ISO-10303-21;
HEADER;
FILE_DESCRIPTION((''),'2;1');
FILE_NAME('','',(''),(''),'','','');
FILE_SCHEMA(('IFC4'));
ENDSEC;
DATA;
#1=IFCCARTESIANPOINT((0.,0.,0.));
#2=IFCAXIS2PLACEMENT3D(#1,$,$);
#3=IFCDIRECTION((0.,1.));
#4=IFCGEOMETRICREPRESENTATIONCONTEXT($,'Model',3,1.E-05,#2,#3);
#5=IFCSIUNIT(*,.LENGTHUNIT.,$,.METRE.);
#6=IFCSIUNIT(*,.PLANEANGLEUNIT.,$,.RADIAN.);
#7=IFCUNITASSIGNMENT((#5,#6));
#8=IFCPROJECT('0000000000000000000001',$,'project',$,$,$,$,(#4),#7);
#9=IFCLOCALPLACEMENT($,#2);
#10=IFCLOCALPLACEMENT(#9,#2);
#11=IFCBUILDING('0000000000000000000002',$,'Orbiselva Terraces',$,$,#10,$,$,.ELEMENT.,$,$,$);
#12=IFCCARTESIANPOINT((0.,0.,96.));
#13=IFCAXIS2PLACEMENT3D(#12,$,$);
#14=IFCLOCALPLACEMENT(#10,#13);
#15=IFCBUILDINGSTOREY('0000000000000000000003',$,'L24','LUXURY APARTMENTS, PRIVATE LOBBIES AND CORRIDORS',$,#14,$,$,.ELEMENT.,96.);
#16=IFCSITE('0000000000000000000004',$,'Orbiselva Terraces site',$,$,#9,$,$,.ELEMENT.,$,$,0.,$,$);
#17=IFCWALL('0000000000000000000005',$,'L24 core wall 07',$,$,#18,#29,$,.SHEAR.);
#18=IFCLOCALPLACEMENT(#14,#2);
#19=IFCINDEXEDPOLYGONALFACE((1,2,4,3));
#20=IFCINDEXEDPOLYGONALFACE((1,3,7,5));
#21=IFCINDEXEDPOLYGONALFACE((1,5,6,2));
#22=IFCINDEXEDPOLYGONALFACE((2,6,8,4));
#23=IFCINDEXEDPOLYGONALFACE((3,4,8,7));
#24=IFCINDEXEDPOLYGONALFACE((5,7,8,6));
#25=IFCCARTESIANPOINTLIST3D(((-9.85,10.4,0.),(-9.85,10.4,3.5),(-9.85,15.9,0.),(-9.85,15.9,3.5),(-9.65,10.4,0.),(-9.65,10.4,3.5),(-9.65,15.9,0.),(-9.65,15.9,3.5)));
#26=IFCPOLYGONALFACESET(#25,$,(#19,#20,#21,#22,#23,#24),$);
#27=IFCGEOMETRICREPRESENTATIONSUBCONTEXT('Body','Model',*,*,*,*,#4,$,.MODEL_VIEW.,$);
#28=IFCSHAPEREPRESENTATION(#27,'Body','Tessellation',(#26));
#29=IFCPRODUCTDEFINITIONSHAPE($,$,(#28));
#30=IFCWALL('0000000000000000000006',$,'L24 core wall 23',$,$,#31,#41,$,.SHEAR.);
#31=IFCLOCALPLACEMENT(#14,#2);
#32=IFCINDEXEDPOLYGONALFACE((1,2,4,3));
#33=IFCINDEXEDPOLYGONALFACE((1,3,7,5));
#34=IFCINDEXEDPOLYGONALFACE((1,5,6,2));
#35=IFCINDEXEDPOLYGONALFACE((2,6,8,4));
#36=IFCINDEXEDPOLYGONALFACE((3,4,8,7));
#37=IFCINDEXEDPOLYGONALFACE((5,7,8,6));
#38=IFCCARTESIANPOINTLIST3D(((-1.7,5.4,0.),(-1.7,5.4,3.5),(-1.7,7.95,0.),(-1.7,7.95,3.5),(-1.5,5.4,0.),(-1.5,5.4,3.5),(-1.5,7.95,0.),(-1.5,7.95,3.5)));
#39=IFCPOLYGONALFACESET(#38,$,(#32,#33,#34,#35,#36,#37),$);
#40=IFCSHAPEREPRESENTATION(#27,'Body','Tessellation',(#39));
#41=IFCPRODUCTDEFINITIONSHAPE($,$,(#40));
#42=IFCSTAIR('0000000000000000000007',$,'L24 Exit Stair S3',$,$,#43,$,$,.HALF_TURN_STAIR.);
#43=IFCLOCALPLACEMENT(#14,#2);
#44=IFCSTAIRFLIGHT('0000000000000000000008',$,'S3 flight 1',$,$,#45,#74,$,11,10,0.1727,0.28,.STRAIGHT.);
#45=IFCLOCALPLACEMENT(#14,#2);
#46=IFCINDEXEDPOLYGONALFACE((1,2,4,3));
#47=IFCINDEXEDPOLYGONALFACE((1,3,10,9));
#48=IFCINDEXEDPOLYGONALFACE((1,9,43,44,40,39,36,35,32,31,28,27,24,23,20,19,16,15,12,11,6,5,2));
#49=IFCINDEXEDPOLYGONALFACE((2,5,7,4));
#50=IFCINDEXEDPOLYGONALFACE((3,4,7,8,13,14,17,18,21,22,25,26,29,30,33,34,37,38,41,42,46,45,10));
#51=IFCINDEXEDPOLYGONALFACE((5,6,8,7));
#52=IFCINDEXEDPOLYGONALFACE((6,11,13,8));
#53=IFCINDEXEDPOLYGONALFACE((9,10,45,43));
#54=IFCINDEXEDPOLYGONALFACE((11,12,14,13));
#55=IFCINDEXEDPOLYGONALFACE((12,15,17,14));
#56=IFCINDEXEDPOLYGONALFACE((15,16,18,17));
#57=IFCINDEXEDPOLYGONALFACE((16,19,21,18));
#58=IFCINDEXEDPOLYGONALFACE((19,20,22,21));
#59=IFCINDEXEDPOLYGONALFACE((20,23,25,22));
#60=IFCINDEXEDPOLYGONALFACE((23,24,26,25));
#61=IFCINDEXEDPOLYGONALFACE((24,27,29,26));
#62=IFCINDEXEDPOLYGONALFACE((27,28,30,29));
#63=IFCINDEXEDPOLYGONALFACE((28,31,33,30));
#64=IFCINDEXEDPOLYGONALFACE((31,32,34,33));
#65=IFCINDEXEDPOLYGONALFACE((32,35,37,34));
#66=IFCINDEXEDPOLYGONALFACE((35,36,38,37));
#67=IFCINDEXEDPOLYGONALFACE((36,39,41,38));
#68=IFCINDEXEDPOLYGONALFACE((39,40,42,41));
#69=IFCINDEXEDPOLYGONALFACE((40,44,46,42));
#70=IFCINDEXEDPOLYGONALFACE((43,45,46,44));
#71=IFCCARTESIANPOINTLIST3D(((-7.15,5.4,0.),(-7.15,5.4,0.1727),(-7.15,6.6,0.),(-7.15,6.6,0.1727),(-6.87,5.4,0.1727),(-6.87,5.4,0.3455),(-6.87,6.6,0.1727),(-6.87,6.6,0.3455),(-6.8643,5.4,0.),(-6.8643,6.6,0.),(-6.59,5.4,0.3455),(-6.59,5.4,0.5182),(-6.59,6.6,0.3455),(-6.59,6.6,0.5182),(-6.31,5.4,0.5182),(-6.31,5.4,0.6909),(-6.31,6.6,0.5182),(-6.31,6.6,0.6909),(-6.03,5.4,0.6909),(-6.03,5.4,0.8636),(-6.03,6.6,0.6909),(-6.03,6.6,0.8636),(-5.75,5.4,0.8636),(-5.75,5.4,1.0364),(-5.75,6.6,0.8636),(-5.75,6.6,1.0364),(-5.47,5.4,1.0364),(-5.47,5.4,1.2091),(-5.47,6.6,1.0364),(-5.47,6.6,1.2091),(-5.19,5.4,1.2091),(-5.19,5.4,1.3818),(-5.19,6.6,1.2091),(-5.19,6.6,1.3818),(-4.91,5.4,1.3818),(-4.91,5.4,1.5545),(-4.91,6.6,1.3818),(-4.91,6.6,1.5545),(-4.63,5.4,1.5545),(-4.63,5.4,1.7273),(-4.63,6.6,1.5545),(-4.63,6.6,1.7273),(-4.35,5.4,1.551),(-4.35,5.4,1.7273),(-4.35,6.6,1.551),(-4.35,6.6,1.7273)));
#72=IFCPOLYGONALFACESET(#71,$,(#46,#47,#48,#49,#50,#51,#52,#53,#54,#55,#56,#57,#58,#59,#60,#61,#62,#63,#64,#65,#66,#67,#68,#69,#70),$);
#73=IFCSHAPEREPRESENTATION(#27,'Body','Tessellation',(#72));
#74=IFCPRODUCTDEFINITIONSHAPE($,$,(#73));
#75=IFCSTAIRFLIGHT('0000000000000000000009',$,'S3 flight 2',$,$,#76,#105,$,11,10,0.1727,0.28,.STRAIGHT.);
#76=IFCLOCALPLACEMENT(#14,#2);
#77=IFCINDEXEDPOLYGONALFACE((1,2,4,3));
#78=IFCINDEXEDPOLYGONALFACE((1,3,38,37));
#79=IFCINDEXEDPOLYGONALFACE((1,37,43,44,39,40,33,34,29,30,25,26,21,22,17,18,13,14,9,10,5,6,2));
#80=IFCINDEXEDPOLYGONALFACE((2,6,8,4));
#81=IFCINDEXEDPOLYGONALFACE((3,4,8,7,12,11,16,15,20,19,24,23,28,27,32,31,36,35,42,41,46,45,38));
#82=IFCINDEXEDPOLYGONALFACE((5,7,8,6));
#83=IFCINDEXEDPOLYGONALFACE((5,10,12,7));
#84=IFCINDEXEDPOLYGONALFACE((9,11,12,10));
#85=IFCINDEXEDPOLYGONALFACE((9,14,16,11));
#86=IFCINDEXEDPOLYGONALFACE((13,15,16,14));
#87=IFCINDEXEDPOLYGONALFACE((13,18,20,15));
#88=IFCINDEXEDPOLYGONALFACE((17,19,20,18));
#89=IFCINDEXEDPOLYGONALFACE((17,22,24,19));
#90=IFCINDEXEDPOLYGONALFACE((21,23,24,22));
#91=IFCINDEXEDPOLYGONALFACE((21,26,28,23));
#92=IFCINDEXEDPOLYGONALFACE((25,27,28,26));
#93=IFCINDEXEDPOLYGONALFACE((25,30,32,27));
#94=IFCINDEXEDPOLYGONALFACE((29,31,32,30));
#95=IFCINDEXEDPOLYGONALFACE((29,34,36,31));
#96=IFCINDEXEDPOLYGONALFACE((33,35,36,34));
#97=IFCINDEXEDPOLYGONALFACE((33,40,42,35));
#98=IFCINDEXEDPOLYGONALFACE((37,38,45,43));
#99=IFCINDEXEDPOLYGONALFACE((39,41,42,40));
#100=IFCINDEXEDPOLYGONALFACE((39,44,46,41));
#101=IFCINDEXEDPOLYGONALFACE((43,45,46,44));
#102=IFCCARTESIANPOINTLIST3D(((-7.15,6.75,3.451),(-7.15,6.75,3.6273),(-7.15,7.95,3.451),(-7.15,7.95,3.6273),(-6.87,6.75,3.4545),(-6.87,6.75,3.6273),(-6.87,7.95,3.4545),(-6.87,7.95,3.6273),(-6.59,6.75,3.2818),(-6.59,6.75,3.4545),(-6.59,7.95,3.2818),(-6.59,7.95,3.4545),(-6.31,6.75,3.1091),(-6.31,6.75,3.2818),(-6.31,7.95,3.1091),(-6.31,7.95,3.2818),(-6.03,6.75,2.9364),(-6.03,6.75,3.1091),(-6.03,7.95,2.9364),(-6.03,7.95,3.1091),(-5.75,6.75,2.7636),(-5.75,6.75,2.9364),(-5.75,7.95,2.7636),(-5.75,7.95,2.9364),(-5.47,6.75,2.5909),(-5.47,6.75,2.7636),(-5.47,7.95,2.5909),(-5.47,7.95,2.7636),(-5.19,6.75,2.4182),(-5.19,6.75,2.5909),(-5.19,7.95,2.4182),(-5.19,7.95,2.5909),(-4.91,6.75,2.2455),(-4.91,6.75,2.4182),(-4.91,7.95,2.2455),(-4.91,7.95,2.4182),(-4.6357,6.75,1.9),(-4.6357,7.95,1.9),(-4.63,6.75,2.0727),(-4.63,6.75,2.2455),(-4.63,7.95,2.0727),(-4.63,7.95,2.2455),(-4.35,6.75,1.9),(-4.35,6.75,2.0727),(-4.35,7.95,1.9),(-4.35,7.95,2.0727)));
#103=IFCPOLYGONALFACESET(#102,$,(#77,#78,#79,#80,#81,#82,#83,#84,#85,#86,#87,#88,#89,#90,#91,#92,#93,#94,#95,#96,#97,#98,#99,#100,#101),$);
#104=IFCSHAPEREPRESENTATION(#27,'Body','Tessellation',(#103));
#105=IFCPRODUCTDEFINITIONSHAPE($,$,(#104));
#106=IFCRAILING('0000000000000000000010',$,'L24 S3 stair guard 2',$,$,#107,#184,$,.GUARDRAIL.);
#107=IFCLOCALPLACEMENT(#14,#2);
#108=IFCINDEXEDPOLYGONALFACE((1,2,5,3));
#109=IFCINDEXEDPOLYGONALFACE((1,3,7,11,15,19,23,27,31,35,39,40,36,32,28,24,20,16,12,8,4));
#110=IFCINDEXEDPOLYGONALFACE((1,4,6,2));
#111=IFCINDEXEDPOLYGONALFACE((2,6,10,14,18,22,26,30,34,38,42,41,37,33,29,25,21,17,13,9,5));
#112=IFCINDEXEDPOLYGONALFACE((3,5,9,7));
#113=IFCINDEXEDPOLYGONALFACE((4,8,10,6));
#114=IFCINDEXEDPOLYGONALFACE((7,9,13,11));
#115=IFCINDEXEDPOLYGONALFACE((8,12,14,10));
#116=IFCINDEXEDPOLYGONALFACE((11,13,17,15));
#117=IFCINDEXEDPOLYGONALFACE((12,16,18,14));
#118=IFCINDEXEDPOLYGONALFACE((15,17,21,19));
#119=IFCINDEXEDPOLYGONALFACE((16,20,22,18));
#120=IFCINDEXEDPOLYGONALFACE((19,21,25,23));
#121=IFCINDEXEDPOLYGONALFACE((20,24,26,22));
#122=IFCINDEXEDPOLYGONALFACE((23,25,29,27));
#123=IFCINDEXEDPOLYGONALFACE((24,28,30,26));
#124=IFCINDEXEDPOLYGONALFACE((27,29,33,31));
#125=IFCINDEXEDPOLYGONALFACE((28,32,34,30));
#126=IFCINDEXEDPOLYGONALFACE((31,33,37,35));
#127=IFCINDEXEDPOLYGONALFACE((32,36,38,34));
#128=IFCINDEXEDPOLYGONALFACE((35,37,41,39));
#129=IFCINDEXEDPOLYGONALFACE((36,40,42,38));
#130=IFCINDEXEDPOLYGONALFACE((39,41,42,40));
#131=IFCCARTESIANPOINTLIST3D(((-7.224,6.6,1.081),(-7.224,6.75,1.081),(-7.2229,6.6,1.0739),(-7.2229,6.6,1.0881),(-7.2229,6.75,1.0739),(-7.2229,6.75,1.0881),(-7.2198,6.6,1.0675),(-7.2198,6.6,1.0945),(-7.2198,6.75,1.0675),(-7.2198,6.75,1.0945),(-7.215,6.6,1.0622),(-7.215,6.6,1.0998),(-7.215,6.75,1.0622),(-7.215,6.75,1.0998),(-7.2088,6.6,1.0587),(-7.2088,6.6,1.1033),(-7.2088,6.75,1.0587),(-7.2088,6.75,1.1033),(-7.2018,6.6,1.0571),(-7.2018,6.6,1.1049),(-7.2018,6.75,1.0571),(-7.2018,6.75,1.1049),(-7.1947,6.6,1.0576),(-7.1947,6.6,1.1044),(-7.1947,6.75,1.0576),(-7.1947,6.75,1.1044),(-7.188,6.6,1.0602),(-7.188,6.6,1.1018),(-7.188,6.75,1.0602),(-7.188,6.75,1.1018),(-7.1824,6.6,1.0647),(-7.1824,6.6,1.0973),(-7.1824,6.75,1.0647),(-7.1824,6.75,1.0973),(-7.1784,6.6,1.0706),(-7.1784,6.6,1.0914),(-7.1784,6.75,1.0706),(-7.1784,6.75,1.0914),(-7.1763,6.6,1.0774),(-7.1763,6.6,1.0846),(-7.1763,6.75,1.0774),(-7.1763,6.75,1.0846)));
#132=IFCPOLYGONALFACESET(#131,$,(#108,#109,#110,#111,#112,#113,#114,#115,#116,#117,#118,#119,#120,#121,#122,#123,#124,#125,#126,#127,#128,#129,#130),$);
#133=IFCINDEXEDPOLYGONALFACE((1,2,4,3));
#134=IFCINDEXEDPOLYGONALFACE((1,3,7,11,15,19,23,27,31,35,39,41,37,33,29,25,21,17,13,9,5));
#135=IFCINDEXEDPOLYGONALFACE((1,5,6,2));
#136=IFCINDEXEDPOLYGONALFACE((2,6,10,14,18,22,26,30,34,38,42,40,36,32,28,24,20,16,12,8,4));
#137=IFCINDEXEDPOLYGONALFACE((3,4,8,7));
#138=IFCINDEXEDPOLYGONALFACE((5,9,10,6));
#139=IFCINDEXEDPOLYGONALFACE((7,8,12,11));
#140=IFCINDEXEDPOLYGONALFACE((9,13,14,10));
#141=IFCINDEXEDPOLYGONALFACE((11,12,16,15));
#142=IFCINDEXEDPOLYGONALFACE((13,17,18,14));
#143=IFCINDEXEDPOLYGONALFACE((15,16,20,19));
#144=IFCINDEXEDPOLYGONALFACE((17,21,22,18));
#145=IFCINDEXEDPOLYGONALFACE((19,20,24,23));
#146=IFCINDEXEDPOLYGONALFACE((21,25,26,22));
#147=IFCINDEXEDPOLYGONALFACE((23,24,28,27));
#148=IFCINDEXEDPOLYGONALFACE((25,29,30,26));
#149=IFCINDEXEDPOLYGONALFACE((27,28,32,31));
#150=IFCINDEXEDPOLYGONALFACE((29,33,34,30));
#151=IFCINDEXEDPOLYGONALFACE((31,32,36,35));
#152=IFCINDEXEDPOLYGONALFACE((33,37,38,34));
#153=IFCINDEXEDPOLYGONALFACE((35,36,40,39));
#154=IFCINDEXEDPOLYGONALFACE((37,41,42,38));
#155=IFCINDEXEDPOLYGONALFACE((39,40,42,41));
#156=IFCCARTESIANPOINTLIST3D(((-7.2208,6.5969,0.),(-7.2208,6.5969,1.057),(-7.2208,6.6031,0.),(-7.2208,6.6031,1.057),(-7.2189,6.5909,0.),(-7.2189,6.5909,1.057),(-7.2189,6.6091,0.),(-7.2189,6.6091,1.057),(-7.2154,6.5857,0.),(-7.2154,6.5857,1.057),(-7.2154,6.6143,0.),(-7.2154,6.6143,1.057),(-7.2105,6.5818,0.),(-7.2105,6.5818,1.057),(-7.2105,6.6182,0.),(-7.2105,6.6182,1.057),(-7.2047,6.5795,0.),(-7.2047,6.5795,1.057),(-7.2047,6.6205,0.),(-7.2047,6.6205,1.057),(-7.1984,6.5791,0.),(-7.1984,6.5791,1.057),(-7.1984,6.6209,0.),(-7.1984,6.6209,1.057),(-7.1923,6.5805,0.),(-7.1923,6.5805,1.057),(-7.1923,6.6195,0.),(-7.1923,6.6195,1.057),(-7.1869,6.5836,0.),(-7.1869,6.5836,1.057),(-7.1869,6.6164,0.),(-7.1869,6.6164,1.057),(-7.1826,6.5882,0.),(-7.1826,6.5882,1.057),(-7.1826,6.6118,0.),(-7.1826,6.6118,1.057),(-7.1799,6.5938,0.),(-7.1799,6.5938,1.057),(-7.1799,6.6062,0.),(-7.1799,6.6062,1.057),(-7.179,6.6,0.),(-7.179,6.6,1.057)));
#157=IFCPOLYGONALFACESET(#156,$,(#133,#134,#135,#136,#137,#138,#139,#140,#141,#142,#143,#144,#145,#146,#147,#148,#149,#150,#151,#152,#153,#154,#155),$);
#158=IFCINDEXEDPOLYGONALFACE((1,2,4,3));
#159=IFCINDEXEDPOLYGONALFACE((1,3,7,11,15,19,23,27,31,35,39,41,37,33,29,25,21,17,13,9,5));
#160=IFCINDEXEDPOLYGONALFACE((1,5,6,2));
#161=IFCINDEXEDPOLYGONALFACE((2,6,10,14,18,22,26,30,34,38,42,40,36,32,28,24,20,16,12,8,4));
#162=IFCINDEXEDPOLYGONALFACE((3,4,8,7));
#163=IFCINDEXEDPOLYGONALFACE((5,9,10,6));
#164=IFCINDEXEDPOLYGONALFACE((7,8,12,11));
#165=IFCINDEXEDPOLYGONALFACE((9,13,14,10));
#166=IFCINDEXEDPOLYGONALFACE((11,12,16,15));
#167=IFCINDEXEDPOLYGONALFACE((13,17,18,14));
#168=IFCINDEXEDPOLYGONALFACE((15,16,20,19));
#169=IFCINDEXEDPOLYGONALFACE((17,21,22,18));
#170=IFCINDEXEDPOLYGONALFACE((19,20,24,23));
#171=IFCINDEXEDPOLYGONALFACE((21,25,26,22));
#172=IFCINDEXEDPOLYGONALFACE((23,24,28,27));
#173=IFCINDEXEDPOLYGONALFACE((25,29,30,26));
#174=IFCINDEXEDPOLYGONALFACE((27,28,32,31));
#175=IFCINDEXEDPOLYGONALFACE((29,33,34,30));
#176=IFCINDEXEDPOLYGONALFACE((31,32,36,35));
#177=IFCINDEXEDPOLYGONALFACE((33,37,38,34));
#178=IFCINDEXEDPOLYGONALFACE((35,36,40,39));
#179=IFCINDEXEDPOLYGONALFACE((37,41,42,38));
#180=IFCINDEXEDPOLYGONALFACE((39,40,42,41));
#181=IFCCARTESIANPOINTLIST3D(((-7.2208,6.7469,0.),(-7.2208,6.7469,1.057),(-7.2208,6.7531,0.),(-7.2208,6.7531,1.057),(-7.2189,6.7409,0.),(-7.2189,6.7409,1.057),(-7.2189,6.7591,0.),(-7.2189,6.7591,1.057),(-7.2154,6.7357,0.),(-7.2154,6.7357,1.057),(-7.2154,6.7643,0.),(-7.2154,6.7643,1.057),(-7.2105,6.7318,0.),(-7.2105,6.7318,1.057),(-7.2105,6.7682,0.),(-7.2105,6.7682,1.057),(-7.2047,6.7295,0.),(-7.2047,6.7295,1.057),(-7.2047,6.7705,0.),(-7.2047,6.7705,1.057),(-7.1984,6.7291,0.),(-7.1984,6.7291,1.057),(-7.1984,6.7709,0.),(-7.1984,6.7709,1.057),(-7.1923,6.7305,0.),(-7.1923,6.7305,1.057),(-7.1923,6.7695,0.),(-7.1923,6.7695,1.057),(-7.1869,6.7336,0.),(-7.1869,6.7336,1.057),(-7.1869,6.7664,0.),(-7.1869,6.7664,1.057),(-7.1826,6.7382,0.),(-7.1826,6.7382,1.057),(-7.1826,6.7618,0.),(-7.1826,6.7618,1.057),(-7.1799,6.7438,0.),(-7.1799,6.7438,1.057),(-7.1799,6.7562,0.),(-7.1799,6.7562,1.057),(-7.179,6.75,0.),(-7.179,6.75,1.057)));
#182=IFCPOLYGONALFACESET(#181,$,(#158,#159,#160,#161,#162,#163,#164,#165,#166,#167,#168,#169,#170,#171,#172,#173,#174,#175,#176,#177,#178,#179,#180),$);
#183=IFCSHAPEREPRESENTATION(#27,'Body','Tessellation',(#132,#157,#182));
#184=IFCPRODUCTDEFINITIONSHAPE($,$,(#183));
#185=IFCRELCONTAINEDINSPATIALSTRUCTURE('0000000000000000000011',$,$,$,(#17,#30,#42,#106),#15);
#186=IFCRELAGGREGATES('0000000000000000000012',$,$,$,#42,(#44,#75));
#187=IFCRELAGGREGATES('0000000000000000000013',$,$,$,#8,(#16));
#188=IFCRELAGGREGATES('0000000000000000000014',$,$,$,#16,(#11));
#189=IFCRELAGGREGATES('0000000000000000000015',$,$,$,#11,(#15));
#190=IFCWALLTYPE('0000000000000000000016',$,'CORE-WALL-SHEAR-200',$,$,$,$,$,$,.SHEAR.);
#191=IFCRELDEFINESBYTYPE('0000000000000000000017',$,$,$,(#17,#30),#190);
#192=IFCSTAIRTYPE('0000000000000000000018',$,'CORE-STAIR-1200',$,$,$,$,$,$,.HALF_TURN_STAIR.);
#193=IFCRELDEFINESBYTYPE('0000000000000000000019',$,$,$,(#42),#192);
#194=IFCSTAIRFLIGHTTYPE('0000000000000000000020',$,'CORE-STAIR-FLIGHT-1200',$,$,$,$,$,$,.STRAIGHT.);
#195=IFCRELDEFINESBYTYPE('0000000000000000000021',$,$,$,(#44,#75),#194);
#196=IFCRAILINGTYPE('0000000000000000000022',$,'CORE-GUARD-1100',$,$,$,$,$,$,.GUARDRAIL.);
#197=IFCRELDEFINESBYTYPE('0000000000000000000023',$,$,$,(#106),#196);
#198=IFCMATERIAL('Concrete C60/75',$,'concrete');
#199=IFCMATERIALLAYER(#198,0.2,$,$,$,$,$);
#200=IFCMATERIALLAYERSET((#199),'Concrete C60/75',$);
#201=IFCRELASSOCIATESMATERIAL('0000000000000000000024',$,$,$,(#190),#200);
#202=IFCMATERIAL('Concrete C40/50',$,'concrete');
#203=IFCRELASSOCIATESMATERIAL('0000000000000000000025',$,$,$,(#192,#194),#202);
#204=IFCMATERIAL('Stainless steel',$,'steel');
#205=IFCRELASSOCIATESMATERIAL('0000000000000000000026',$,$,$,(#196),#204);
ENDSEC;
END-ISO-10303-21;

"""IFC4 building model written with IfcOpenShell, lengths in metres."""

from ifc_helpers import new_model, si_unit, direction, frame, frame_2d, origin, origin_2d, place, context, subcontext, project, spatial, polyline, rectangle, circle, outline, extrude, material, layer, layer_set, type_object, element, aggregate, save


model = new_model("IFC4")

# Units and contexts
model_context = context("Model", 3, precision=1e-05, world=origin(), true_north=direction((0.0, 1.0)))
body_context = subcontext(model_context, "Body", "Model", "MODEL_VIEW")
ifc_project = project(units=[si_unit("LENGTHUNIT", "METRE"), si_unit("PLANEANGLEUNIT", "RADIAN")], contexts=[model_context])

# Site, building, storey
site_placement = place(None, origin())
site = spatial("IfcSite", under=ifc_project, at=site_placement, Name="Orbiselva Terraces site", CompositionType="ELEMENT", RefElevation=0.0)
building_placement = place(site_placement, origin())
building = spatial("IfcBuilding", under=site, at=building_placement, Name="Orbiselva Terraces", CompositionType="ELEMENT")
storey_placement = place(building_placement, frame((0.0, 0.0, 96.0)))
storey = spatial("IfcBuildingStorey", under=building, at=storey_placement, Name="L24", Description="LUXURY APARTMENTS, PRIVATE LOBBIES AND CORRIDORS", CompositionType="ELEMENT", Elevation=96.0)

# Walls
ifc_material_1 = material(Name="Concrete C60/75", Category="concrete")
ifc_layer_1 = layer(ifc_material_1, 0.2)
ifc_layer_set_1 = layer_set([ifc_layer_1], Name="Concrete C60/75")
wall_type_1 = type_object("IfcWallType", Name="CORE-WALL-SHEAR-200", PredefinedType="SHEAR", material=ifc_layer_set_1)
wall_1_placement = place(storey_placement, frame((-9.75, 10.4, 0.0), z_axis=(0.0, 0.0, 1.0), x_axis=(0.0, 1.0, 0.0)))
element("IfcWall", 1, at=wall_1_placement, inside=storey, type_object=wall_type_1, Name="L24 core wall 07", PredefinedType="SHEAR", context=body_context, shape_type="SweptSolid", body=[
    extrude(rectangle(XDim=5.5, YDim=0.2, at=frame_2d((2.75, 0.0))), origin(), (0.0, 0.0, 1.0), 3.5),
])
wall_2_placement = place(storey_placement, frame((-1.6, 5.4, 0.0), z_axis=(0.0, 0.0, 1.0), x_axis=(0.0, 1.0, 0.0)))
element("IfcWall", 2, at=wall_2_placement, inside=storey, type_object=wall_type_1, Name="L24 core wall 23", PredefinedType="SHEAR", context=body_context, shape_type="SweptSolid", body=[
    extrude(rectangle(XDim=2.55, YDim=0.2, at=frame_2d((1.275, 0.0))), origin(), (0.0, 0.0, 1.0), 3.5),
])

# Stair, stair flights
ifc_material_2 = material(Name="Concrete C40/50", Category="concrete")
stair_type = type_object("IfcStairType", Name="CORE-STAIR-1200", PredefinedType="HALF_TURN_STAIR", material=ifc_material_2)
stair_placement = place(storey_placement, origin())
stair = element("IfcStair", 3, at=stair_placement, inside=storey, type_object=stair_type, Name="L24 Exit Stair S3", PredefinedType="HALF_TURN_STAIR")
stair_flight_type = type_object("IfcStairFlightType", Name="CORE-STAIR-FLIGHT-1200", PredefinedType="STRAIGHT", material=ifc_material_2)
stair_flight_1_placement = place(storey_placement, frame((-7.15, 6.0, 0.0), z_axis=(0.0, 0.0, 1.0), x_axis=(1.0, 0.0, 0.0)))
stair_flight_1 = element("IfcStairFlight", 4, at=stair_flight_1_placement, type_object=stair_flight_type, Name="S3 flight 1", NumberOfRisers=11, NumberOfTreads=10, PredefinedType="STRAIGHT", RiserHeight=0.1727, TreadLength=0.28, context=body_context, shape_type="SweptSolid", body=[
    extrude(outline(polyline([(0.0, 0.0), (0.0, 0.1727), (0.28, 0.1727), (0.28, 0.3455), (0.56, 0.3455), (0.56, 0.5182), (0.84, 0.5182), (0.84, 0.6909), (1.12, 0.6909), (1.12, 0.8636), (1.4, 0.8636), (1.4, 1.0364), (1.68, 1.0364), (1.68, 1.2091), (1.96, 1.2091), (1.96, 1.3818), (2.24, 1.3818), (2.24, 1.5545), (2.52, 1.5545), (2.52, 1.7273), (2.8, 1.7273), (2.8, 1.9), (2.8, 1.551), (0.2857, 0.0), (0.0, 0.0)])), frame((0.0, 0.6, 0.0), z_axis=(0.0, -1.0, 0.0), x_axis=(1.0, 0.0, 0.0)), (0.0, 0.0, 1.0), 1.2),
])
stair_flight_2_placement = place(storey_placement, frame((-4.35, 7.35, 1.9), z_axis=(0.0, 0.0, 1.0), x_axis=(-1.0, 0.0, 0.0)))
stair_flight_2 = element("IfcStairFlight", 5, at=stair_flight_2_placement, type_object=stair_flight_type, Name="S3 flight 2", NumberOfRisers=11, NumberOfTreads=10, PredefinedType="STRAIGHT", RiserHeight=0.1727, TreadLength=0.28, context=body_context, shape_type="SweptSolid", body=[
    extrude(outline(polyline([(0.0, 0.0), (0.0, 0.1727), (0.28, 0.1727), (0.28, 0.3455), (0.56, 0.3455), (0.56, 0.5182), (0.84, 0.5182), (0.84, 0.6909), (1.12, 0.6909), (1.12, 0.8636), (1.4, 0.8636), (1.4, 1.0364), (1.68, 1.0364), (1.68, 1.2091), (1.96, 1.2091), (1.96, 1.3818), (2.24, 1.3818), (2.24, 1.5545), (2.52, 1.5545), (2.52, 1.7273), (2.8, 1.7273), (2.8, 1.9), (2.8, 1.551), (0.2857, 0.0), (0.0, 0.0)])), frame((0.0, 0.6, 0.0), z_axis=(0.0, -1.0, 0.0), x_axis=(1.0, 0.0, 0.0)), (0.0, 0.0, 1.0), 1.2),
])
aggregate(stair, [stair_flight_1, stair_flight_2])

# Railing
ifc_material_3 = material(Name="Stainless steel", Category="steel")
railing_type_1 = type_object("IfcRailingType", Name="CORE-GUARD-1100", PredefinedType="GUARDRAIL", material=ifc_material_3)
railing_1_placement = place(storey_placement, frame((-7.2, 6.6, 0.0)))
element("IfcRailing", 6, at=railing_1_placement, inside=storey, type_object=railing_type_1, Name="L24 S3 stair guard 2", PredefinedType="GUARDRAIL", context=body_context, shape_type="SweptSolid", body=[
    extrude(circle(Radius=0.024, at=origin_2d()), frame((0.0, 0.0, 1.081), z_axis=(0.0, 1.0, 0.0), x_axis=(-1.0, 0.0, 0.0)), (0.0, 0.0, 1.0), 0.15),
    extrude(circle(Radius=0.021, at=origin_2d()), origin(), (0.0, 0.0, 1.0), 1.057),
    extrude(circle(Radius=0.021, at=origin_2d()), frame((0.0, 0.15, 0.0)), (0.0, 0.0, 1.0), 1.057),
])

save(model, "model.ifc")
